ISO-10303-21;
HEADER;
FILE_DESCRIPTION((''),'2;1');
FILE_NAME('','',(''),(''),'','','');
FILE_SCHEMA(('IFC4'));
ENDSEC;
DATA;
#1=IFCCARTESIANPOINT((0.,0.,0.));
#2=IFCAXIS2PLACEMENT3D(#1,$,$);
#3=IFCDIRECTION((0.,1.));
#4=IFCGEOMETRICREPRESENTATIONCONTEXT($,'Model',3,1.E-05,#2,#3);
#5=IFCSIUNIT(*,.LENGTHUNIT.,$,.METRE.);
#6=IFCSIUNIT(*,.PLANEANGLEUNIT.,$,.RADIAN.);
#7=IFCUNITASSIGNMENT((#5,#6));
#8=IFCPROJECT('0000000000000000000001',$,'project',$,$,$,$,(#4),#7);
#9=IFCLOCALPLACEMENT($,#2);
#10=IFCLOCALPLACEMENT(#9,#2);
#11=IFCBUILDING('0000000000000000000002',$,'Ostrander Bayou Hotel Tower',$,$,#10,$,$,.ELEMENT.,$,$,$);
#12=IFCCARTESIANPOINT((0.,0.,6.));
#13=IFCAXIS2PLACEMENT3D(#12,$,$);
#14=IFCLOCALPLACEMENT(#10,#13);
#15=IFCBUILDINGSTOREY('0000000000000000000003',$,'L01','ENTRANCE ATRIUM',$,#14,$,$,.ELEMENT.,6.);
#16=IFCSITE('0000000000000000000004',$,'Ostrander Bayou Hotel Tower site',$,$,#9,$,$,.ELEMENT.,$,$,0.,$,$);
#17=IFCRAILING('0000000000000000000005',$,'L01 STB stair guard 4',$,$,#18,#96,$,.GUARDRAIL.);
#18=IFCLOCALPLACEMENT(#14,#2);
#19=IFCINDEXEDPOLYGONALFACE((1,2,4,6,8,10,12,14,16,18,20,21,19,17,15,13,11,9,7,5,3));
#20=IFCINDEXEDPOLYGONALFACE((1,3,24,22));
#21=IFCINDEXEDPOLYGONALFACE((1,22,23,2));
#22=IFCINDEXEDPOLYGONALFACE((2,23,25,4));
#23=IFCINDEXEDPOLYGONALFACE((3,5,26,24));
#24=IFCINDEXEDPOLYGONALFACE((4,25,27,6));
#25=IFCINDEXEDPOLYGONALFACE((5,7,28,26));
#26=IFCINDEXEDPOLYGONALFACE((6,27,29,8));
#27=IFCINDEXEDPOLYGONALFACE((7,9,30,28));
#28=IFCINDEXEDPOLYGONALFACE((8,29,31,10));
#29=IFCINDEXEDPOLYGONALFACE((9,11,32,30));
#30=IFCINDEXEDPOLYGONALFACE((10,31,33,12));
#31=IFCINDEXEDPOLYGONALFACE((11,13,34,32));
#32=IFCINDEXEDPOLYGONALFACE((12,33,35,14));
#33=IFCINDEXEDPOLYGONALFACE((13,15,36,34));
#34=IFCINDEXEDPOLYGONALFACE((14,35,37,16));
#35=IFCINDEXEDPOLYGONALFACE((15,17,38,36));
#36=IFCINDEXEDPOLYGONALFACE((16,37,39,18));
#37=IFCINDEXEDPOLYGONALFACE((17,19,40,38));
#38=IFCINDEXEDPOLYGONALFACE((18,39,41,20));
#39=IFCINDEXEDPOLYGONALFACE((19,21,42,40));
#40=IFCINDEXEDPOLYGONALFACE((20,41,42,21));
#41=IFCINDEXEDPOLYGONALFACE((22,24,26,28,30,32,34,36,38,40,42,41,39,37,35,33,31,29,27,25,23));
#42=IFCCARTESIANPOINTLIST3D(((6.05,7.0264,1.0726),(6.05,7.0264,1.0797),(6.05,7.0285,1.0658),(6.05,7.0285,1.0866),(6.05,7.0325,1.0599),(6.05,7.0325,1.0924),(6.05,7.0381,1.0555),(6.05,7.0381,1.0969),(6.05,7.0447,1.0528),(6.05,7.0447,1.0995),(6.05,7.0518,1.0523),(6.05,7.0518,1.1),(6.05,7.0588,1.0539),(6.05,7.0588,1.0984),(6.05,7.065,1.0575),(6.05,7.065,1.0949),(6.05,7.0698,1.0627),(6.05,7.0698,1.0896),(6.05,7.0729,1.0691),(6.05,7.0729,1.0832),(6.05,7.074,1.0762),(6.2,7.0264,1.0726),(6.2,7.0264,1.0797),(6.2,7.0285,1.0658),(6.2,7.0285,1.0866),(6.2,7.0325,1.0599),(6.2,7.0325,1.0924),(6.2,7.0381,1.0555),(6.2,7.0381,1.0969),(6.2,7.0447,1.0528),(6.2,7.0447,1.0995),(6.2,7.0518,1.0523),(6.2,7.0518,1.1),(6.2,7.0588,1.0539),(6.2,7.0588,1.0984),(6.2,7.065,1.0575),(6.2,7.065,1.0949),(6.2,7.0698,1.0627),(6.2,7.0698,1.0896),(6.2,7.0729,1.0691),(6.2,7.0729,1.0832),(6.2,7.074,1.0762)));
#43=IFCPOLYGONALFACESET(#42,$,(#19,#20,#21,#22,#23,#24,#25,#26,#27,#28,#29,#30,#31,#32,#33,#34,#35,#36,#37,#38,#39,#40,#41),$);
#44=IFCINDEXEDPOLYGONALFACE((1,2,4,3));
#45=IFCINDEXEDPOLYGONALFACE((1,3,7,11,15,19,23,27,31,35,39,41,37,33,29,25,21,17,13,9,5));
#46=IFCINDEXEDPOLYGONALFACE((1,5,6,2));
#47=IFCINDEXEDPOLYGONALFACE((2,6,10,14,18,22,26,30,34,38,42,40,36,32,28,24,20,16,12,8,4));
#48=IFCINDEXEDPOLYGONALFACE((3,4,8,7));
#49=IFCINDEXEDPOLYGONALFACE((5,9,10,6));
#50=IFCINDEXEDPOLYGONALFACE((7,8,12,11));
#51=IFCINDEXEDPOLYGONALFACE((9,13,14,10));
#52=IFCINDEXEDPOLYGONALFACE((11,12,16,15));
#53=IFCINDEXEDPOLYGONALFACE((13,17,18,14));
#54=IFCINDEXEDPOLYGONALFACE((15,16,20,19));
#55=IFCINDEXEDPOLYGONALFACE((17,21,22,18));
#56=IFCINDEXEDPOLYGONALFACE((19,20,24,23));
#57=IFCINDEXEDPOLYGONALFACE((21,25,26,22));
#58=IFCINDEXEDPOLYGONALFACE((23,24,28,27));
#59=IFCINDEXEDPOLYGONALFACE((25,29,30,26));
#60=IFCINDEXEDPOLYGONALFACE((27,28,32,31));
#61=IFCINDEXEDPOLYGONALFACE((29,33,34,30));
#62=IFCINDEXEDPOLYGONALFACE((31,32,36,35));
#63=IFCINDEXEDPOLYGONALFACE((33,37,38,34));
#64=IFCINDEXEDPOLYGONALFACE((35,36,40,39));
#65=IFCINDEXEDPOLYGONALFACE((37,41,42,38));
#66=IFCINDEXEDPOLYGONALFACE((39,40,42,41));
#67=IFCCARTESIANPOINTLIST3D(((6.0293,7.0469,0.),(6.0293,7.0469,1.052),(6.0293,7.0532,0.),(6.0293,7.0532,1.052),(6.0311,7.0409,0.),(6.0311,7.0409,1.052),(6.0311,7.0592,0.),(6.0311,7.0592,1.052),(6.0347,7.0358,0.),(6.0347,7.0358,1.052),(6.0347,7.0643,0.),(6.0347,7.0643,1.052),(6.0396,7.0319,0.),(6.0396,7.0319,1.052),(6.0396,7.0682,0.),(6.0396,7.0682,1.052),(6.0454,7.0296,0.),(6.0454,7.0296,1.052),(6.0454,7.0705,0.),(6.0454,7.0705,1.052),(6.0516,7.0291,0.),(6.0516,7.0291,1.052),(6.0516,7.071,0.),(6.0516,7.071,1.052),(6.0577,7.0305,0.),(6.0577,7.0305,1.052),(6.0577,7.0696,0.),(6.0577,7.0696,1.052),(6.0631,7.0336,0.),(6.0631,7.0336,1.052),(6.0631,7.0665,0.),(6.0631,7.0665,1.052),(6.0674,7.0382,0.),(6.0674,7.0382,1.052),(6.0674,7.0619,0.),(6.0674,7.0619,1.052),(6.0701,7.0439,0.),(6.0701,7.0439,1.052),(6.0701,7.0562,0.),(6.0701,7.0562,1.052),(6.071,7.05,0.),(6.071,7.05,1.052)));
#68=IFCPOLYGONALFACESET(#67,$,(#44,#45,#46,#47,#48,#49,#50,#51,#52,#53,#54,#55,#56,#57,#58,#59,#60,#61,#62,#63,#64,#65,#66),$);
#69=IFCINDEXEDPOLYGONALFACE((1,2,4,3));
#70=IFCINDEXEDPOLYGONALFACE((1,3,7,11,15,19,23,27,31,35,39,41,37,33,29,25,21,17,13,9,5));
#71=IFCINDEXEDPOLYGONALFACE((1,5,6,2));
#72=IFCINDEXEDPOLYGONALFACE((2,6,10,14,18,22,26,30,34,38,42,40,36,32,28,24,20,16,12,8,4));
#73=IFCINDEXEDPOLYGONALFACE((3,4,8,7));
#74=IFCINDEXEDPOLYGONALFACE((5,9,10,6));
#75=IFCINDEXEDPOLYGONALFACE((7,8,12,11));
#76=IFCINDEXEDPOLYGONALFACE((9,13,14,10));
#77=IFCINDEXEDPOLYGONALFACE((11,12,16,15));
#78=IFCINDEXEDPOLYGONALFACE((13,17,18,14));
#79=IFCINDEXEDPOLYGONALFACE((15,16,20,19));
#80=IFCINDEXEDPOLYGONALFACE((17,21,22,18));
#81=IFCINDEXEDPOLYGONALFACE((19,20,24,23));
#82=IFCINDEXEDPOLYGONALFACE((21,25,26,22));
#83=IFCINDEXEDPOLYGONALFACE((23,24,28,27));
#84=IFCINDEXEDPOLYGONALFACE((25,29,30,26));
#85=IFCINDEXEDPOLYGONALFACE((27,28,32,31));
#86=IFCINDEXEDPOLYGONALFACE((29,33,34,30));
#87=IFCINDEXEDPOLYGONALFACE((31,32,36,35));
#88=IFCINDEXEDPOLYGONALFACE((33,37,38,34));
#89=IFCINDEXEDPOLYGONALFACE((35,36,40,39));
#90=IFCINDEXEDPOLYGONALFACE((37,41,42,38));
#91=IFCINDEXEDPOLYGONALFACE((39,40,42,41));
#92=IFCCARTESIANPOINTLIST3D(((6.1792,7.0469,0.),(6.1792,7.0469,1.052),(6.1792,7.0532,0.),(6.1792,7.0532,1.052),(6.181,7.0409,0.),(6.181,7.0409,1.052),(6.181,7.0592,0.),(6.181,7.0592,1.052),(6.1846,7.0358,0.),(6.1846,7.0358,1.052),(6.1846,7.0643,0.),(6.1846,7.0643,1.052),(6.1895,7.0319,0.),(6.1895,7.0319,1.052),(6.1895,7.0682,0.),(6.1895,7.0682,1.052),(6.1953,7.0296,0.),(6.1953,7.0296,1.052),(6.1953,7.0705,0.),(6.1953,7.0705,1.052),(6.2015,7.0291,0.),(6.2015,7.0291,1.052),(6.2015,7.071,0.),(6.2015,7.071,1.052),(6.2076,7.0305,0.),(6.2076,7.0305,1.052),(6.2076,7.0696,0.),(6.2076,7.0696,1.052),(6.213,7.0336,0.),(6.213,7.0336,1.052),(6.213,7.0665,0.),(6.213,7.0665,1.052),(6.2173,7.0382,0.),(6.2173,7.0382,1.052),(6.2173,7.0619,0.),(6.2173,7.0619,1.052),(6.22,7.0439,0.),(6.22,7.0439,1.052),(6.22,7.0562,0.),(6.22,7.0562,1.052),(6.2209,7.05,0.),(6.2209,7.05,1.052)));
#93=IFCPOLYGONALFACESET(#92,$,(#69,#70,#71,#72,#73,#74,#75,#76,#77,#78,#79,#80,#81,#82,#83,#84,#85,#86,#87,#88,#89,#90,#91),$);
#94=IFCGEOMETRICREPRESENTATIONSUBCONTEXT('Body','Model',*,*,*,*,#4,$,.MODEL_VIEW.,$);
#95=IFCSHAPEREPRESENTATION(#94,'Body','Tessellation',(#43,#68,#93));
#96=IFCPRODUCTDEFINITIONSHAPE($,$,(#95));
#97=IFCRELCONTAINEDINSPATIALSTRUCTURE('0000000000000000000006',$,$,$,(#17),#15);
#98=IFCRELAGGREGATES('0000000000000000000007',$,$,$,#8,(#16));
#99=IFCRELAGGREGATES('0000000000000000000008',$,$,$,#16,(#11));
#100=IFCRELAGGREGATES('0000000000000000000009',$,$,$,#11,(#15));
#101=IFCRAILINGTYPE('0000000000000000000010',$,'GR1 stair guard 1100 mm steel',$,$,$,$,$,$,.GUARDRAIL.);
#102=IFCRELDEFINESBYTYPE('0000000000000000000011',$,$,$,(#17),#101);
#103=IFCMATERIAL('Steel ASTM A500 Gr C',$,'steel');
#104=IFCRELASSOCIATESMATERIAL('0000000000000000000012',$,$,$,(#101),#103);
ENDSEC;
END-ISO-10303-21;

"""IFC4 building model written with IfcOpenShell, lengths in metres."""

from ifc_helpers import new_model, si_unit, direction, frame, origin, origin_2d, place, context, subcontext, project, spatial, circle, extrude, material, type_object, element, save


model = new_model("IFC4")

# Units and contexts
model_context = context("Model", 3, precision=1e-05, world=origin(), true_north=direction((0.0, 1.0)))
body_context = subcontext(model_context, "Body", "Model", "MODEL_VIEW")
ifc_project = project(units=[si_unit("LENGTHUNIT", "METRE"), si_unit("PLANEANGLEUNIT", "RADIAN")], contexts=[model_context])

# Site, building, storey
site_placement = place(None, origin())
site = spatial("IfcSite", under=ifc_project, at=site_placement, Name="Ostrander Bayou Hotel Tower site", CompositionType="ELEMENT", RefElevation=0.0)
building_placement = place(site_placement, origin())
building = spatial("IfcBuilding", under=site, at=building_placement, Name="Ostrander Bayou Hotel Tower", CompositionType="ELEMENT")
storey_placement = place(building_placement, frame((0.0, 0.0, 6.0)))
storey = spatial("IfcBuildingStorey", under=building, at=storey_placement, Name="L01", Description="ENTRANCE ATRIUM", CompositionType="ELEMENT", Elevation=6.0)

# Railing
ifc_material_1 = material(Name="Steel ASTM A500 Gr C", Category="steel")
railing_type_1 = type_object("IfcRailingType", Name="GR1 stair guard 1100 mm steel", PredefinedType="GUARDRAIL", material=ifc_material_1)
railing_1_placement = place(storey_placement, frame((6.05, 7.05, 0.0)))
element("IfcRailing", 1, at=railing_1_placement, inside=storey, type_object=railing_type_1, Name="L01 STB stair guard 4", PredefinedType="GUARDRAIL", context=body_context, shape_type="SweptSolid", body=[
    extrude(circle(Radius=0.0239, at=origin_2d()), frame((0.0, 0.0, 1.0762), z_axis=(1.0, 0.0, 0.0), x_axis=(0.0, 1.0, 0.0)), (0.0, 0.0, 1.0), 0.1499),
    extrude(circle(Radius=0.021, at=origin_2d()), origin(), (0.0, 0.0, 1.0), 1.052),
    extrude(circle(Radius=0.021, at=origin_2d()), frame((0.1499, 0.0, 0.0)), (0.0, 0.0, 1.0), 1.052),
])

save(model, "model.ifc")
